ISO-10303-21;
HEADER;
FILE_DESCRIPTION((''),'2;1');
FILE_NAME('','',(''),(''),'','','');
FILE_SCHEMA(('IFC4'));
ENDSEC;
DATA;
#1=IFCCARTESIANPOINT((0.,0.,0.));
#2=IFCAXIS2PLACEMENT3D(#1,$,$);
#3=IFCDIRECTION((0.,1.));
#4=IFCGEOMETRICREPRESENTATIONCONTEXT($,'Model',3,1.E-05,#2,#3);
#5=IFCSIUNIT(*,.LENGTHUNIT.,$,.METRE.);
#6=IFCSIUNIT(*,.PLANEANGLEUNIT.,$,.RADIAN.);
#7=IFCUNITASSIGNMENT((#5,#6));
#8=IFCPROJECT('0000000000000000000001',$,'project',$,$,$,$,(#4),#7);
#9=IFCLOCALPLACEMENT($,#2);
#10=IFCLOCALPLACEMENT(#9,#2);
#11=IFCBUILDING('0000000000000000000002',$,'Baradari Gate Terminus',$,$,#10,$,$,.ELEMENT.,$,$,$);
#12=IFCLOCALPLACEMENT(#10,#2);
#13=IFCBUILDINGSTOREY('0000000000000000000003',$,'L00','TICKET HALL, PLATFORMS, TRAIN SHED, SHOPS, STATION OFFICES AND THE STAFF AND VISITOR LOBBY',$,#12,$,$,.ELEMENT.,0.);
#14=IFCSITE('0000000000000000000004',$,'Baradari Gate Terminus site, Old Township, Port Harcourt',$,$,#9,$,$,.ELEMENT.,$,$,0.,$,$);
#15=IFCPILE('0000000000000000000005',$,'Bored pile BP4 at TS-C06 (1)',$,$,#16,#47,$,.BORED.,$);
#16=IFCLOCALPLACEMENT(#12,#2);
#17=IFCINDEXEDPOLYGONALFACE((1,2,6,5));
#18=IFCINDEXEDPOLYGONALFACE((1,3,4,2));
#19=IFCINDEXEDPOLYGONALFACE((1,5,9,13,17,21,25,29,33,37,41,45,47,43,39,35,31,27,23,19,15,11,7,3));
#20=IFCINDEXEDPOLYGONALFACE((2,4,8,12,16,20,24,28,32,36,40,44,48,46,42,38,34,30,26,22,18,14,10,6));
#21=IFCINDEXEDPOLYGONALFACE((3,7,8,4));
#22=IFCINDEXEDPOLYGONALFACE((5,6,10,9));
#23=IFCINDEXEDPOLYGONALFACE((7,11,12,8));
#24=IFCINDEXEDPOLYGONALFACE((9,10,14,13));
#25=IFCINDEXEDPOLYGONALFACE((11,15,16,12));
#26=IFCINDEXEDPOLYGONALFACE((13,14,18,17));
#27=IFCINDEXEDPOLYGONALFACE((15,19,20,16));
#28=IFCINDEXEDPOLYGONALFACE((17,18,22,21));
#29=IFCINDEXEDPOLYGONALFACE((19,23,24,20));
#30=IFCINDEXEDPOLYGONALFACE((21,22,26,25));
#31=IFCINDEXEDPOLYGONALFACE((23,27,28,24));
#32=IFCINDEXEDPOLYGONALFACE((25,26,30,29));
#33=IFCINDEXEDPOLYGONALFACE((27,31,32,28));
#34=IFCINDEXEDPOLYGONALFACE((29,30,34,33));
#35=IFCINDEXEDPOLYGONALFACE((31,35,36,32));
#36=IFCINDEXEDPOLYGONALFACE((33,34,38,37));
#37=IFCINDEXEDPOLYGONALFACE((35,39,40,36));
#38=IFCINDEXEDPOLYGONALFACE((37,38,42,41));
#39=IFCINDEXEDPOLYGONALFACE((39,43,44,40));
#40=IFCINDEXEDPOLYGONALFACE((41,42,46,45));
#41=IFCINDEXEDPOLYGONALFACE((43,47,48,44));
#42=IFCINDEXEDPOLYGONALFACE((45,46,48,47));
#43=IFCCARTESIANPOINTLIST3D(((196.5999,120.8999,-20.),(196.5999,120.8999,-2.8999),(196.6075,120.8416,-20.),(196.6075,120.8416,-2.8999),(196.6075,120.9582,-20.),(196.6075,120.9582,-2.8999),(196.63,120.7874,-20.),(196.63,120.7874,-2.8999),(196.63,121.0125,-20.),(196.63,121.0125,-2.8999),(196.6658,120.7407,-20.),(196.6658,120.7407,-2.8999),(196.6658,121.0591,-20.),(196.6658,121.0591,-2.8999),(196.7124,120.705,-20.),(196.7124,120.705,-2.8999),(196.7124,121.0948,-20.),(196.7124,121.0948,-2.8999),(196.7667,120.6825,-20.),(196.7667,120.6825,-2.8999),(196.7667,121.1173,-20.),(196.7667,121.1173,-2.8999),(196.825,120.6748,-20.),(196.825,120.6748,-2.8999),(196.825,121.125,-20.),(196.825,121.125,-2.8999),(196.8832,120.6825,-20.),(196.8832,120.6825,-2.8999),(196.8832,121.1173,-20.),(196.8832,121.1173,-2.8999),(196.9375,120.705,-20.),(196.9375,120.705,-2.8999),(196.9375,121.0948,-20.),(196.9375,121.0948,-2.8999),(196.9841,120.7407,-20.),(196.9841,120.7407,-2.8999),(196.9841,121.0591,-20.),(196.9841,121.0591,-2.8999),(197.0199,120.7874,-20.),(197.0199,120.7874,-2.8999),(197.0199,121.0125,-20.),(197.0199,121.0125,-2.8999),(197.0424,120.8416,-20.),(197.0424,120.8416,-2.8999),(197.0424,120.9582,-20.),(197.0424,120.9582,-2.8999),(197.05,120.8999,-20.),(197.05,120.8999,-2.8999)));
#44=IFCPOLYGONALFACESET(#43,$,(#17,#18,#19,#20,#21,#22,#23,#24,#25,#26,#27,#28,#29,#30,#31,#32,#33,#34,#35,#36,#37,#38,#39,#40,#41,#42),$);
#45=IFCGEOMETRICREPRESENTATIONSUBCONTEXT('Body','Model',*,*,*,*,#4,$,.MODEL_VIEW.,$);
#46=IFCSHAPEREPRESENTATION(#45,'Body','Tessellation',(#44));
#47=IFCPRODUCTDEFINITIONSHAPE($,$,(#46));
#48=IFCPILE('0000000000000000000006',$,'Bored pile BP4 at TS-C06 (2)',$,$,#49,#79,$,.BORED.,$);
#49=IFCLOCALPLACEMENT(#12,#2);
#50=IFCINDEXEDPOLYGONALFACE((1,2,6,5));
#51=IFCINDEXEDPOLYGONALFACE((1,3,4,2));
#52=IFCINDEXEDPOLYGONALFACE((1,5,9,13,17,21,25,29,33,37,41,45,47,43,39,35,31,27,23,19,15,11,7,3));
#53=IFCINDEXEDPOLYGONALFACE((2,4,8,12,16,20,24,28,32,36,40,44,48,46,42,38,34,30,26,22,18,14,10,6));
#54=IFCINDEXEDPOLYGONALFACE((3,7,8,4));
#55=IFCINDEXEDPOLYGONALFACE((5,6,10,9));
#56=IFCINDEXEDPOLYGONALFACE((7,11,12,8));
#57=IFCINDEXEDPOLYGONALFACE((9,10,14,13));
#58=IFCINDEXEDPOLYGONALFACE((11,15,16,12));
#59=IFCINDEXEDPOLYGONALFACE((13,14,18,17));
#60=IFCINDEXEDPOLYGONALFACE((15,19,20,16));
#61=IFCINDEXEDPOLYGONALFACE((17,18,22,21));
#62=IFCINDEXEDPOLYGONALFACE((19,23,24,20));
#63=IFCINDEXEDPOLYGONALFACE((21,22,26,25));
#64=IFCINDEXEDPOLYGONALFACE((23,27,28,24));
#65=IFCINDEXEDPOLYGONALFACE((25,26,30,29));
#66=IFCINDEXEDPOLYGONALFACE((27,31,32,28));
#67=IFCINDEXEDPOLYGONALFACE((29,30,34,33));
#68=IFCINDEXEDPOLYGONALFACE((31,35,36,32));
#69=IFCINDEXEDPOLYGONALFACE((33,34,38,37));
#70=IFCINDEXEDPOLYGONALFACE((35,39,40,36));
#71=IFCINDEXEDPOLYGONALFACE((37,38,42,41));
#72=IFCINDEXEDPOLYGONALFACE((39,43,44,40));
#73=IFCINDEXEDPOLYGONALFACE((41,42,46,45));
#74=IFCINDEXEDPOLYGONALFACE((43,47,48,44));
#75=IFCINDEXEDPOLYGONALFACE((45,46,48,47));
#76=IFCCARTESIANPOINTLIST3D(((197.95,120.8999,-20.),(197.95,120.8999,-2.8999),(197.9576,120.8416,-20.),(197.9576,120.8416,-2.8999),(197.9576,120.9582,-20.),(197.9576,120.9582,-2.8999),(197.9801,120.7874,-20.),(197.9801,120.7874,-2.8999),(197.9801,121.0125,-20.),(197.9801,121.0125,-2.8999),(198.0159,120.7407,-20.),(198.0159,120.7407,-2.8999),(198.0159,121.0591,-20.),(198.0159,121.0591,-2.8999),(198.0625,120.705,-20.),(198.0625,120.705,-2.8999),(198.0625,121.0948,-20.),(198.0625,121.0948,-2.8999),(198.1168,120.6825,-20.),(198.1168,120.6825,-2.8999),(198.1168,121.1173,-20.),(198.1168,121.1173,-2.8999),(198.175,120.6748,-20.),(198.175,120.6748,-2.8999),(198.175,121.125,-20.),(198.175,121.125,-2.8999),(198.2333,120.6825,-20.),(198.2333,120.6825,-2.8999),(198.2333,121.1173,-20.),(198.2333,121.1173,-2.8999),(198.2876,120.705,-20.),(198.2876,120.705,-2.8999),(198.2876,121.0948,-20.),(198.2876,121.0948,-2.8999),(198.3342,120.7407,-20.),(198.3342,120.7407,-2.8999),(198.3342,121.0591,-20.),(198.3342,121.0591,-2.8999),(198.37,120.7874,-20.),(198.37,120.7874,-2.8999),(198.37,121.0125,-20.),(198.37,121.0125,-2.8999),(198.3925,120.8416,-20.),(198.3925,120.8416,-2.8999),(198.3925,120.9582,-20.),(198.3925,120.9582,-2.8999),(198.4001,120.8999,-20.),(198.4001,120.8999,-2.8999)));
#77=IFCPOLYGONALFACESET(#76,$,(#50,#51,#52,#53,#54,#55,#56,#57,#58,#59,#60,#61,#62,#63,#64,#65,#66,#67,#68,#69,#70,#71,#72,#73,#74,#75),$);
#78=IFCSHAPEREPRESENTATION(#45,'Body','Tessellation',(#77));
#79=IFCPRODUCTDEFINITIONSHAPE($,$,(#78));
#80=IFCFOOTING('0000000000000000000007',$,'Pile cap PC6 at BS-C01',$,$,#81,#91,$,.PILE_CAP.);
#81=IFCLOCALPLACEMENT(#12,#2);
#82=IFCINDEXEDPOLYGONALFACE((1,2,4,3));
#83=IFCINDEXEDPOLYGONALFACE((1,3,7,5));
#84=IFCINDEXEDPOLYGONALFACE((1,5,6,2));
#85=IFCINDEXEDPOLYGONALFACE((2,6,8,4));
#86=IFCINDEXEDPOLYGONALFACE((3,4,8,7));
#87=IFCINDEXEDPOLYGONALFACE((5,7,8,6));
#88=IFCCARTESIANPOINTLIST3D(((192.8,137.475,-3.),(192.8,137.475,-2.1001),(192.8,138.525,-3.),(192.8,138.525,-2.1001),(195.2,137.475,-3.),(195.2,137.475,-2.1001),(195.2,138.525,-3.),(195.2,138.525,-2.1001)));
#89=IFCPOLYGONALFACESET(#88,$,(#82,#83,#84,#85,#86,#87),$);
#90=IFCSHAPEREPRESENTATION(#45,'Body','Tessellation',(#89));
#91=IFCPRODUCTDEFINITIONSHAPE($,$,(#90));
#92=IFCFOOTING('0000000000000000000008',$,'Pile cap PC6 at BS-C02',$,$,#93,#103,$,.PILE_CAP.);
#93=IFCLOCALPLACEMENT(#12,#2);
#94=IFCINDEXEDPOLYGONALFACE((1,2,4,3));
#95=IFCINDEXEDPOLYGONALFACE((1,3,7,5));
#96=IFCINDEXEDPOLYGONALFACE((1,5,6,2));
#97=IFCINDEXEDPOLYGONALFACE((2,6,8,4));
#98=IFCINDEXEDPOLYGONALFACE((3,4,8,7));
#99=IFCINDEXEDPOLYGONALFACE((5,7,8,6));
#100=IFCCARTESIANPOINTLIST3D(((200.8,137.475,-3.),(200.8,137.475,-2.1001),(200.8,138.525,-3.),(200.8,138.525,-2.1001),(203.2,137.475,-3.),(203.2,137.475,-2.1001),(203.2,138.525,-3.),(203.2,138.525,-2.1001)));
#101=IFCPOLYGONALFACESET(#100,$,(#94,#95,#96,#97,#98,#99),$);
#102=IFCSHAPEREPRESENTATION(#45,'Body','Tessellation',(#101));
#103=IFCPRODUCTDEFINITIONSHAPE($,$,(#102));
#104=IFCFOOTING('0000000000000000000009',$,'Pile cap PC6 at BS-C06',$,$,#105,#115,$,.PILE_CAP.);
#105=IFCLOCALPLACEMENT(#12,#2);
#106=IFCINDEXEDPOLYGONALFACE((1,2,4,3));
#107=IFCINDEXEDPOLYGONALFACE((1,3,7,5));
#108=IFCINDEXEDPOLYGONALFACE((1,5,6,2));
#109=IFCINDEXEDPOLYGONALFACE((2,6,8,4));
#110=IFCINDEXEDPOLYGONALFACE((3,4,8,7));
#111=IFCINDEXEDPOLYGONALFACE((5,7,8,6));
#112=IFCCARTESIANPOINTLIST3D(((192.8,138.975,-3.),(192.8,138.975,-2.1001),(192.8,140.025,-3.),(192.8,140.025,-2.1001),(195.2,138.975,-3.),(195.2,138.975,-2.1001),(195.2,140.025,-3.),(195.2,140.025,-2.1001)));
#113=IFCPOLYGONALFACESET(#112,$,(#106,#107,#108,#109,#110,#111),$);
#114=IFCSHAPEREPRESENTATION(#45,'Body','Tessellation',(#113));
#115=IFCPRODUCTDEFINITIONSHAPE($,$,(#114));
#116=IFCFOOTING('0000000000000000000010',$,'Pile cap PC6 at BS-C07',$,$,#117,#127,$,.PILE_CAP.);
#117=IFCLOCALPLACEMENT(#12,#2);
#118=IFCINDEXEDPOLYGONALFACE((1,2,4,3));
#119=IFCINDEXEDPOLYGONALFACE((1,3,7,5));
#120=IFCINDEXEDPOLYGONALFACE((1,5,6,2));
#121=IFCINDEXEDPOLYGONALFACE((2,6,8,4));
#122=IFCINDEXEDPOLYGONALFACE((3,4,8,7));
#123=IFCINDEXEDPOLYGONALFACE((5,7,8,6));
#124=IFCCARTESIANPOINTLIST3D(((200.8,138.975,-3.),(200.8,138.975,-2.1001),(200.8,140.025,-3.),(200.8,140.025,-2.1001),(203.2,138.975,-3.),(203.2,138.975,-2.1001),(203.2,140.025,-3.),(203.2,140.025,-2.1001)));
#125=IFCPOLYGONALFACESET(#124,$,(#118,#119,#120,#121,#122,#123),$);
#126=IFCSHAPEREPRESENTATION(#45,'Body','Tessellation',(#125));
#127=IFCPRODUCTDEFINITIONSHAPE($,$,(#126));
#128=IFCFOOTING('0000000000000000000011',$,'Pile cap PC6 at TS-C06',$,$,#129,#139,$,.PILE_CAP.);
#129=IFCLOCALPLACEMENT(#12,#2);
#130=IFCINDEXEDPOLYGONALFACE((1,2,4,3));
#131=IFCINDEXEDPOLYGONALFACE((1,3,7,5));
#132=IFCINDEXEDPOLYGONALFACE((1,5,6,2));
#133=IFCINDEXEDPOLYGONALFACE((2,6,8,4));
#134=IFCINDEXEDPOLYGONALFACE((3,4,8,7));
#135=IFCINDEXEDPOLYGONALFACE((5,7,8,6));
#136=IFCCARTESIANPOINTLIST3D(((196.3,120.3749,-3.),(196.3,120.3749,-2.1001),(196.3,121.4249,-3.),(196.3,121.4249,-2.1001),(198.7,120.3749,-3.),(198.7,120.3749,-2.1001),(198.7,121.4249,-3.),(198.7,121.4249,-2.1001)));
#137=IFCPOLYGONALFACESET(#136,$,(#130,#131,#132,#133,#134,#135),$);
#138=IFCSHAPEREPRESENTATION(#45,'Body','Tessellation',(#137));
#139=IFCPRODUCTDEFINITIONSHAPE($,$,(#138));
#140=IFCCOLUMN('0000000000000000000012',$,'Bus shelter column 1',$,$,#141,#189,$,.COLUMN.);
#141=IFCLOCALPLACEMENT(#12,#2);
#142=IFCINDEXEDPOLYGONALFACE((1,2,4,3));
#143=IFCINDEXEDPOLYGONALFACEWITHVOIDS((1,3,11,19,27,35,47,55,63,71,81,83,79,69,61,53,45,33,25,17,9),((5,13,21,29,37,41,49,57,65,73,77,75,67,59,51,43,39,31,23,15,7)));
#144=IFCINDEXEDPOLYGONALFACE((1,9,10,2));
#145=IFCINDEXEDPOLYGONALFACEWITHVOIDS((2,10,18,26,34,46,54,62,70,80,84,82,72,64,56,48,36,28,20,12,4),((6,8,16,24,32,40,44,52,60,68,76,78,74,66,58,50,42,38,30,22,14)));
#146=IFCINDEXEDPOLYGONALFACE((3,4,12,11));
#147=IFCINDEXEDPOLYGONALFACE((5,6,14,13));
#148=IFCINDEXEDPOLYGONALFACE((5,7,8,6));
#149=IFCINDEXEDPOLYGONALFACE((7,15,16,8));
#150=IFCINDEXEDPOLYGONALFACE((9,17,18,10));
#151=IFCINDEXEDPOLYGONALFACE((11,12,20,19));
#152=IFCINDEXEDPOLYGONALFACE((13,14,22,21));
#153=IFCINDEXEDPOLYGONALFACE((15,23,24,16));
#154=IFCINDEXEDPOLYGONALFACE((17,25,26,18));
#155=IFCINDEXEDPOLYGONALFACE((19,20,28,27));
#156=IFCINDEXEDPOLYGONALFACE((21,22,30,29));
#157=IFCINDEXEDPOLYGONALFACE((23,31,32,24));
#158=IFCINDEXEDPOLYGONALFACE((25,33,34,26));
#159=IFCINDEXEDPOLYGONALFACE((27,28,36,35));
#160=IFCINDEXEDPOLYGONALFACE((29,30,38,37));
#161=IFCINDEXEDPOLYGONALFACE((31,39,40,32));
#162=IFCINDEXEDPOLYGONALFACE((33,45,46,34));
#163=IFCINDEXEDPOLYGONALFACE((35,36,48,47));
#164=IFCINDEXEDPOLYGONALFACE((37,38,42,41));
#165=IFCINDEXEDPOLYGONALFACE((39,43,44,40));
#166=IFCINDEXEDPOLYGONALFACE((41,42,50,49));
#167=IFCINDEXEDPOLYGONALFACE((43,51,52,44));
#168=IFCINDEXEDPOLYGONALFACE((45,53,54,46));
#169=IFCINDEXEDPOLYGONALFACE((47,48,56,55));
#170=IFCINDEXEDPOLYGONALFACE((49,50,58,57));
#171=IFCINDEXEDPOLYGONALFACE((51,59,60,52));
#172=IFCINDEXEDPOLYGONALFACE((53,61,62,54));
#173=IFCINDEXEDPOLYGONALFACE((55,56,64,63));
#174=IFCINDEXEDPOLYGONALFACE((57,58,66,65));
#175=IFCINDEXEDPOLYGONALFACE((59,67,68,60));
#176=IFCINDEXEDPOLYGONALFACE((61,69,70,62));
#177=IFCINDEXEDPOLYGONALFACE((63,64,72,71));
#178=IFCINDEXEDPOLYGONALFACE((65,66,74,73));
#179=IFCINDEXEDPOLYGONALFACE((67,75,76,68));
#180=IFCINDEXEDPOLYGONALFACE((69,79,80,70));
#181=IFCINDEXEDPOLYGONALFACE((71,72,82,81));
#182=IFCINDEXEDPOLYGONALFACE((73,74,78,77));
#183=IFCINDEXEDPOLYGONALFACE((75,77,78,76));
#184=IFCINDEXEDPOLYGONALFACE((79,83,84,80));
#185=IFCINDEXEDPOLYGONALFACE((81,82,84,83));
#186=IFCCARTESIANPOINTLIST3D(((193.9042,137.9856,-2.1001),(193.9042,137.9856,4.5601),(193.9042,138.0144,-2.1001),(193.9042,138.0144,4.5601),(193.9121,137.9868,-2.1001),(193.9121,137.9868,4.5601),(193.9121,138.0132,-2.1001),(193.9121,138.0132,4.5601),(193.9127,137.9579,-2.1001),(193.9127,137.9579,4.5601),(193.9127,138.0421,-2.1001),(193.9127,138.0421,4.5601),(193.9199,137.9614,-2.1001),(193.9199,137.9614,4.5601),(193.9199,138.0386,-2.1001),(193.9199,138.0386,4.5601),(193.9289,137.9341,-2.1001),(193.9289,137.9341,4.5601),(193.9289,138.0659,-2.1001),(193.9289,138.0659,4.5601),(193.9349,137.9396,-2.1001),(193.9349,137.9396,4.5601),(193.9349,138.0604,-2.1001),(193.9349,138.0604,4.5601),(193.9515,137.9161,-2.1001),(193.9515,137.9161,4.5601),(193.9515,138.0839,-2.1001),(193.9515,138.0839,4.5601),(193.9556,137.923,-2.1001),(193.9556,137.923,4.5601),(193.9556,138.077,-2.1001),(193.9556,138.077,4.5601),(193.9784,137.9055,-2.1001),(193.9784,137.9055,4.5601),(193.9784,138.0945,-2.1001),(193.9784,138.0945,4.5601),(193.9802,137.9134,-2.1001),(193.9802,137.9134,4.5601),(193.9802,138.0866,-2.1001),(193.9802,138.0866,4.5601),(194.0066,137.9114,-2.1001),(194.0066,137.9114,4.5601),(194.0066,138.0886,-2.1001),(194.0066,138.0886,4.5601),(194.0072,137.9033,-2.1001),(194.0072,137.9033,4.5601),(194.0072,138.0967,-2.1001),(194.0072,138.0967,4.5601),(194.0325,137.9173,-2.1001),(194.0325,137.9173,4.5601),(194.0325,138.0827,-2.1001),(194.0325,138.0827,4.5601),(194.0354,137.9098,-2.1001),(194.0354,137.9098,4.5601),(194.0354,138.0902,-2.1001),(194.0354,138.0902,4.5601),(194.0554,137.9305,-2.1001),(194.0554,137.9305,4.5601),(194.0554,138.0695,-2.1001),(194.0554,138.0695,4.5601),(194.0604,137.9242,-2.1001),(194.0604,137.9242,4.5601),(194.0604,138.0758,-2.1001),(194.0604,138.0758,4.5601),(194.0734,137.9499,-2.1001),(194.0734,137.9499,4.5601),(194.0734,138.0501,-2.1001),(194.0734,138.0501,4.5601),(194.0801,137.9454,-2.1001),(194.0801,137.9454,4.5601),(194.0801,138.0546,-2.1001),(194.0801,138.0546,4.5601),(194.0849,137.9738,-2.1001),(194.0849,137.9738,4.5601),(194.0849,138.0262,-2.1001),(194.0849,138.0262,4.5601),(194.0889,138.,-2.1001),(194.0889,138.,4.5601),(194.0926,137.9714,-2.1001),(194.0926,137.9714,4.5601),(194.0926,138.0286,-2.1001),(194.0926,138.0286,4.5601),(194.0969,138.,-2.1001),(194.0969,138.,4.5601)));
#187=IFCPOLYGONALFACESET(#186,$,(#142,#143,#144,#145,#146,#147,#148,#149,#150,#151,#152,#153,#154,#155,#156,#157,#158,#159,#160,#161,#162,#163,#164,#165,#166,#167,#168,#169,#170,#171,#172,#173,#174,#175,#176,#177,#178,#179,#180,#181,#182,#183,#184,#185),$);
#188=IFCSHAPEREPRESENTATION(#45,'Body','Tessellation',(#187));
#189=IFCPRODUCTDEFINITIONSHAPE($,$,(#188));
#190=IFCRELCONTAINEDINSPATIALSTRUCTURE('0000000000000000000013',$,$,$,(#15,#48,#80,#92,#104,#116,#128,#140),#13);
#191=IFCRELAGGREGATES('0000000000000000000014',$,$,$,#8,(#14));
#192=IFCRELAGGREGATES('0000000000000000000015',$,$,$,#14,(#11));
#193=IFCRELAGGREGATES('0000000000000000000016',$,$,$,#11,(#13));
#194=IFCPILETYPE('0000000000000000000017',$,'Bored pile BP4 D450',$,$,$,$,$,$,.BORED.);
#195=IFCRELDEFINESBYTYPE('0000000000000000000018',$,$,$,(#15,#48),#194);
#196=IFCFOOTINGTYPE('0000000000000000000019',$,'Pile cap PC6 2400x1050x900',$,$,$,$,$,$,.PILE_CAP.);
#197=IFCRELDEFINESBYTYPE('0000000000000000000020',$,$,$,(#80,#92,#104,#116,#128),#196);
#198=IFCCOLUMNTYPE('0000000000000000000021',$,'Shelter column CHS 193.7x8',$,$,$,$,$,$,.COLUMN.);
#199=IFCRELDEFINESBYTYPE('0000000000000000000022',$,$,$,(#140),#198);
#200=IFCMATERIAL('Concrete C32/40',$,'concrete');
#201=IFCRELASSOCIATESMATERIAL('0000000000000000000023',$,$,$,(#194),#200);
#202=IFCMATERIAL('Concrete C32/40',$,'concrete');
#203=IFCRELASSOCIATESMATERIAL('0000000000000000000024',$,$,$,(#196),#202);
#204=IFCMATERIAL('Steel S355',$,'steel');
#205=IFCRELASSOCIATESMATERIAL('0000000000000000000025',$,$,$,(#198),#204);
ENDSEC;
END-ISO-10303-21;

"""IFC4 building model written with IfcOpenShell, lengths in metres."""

from ifc_helpers import new_model, si_unit, direction, frame, origin, origin_2d, place, context, subcontext, project, spatial, rectangle, circle, hollow_circle, extrude, material, material_profile, profile_set, type_object, element, save


model = new_model("IFC4")

# Units and contexts
model_context = context("Model", 3, precision=1e-05, world=origin(), true_north=direction((0.0, 1.0)))
body_context = subcontext(model_context, "Body", "Model", "MODEL_VIEW")
ifc_project = project(units=[si_unit("LENGTHUNIT", "METRE"), si_unit("PLANEANGLEUNIT", "RADIAN")], contexts=[model_context])

# Site, building, storey
site_placement = place(None, origin())
site = spatial("IfcSite", under=ifc_project, at=site_placement, Name="Baradari Gate Terminus site, Old Township, Port Harcourt", CompositionType="ELEMENT", RefElevation=0.0)
building_placement = place(site_placement, origin())
building = spatial("IfcBuilding", under=site, at=building_placement, Name="Baradari Gate Terminus", CompositionType="ELEMENT")
storey_placement = place(building_placement, origin())
storey = spatial("IfcBuildingStorey", under=building, at=storey_placement, Name="L00", Description="TICKET HALL, PLATFORMS, TRAIN SHED, SHOPS, STATION OFFICES AND THE STAFF AND VISITOR LOBBY", CompositionType="ELEMENT", Elevation=0.0)

# Piles
ifc_material_1 = material(Name="Concrete C32/40", Category="concrete")
pile_type = type_object("IfcPileType", Name="Bored pile BP4 D450", PredefinedType="BORED", material=ifc_material_1)
for number, where, z_axis, x_axis, name in (
    (1, (196.825, 120.8999, -2.8999), (0.0, 0.0, -1.0), (1.0, 0.0, 0.0), "Bored pile BP4 at TS-C06 (1)"),
    (2, (198.175, 120.8999, -2.8999), (0.0, 0.0, -1.0), (1.0, 0.0, 0.0), "Bored pile BP4 at TS-C06 (2)"),
):
    element("IfcPile", number, at=place(storey_placement, frame(where, z_axis=z_axis, x_axis=x_axis)), inside=storey, type_object=pile_type, Name=name, PredefinedType="BORED", context=body_context, shape_type="SweptSolid", body=[
        extrude(circle(Radius=0.2251, at=origin_2d()), origin(), (0.0, 0.0, 1.0), 17.1001),
    ])

# Footings
ifc_material_2 = material(Name="Concrete C32/40", Category="concrete")
footing_type = type_object("IfcFootingType", Name="Pile cap PC6 2400x1050x900", PredefinedType="PILE_CAP", material=ifc_material_2)
for number, where, z_axis, x_axis, name in (
    (3, (194.0, 138.0, -3.0), (0.0, 0.0, 1.0), (1.0, 0.0, 0.0), "Pile cap PC6 at BS-C01"),
    (4, (202.0, 138.0, -3.0), (0.0, 0.0, 1.0), (1.0, 0.0, 0.0), "Pile cap PC6 at BS-C02"),
    (5, (194.0, 139.5, -3.0), (0.0, 0.0, 1.0), (1.0, 0.0, 0.0), "Pile cap PC6 at BS-C06"),
    (6, (202.0, 139.5, -3.0), (0.0, 0.0, 1.0), (1.0, 0.0, 0.0), "Pile cap PC6 at BS-C07"),
    (7, (197.5, 120.8999, -3.0), (0.0, 0.0, 1.0), (1.0, 0.0, 0.0), "Pile cap PC6 at TS-C06"),
):
    element("IfcFooting", number, at=place(storey_placement, frame(where, z_axis=z_axis, x_axis=x_axis)), inside=storey, type_object=footing_type, Name=name, PredefinedType="PILE_CAP", context=body_context, shape_type="SweptSolid", body=[
        extrude(rectangle(XDim=2.3999, YDim=1.05, at=origin_2d()), origin(), (0.0, 0.0, 1.0), 0.8999),
    ])

# Column
ifc_material_3 = material(Name="Steel S355", Category="steel")
ifc_material_profile_1 = material_profile(ifc_material_3, hollow_circle(Radius=0.0969, WallThickness=0.0081, at=origin_2d()), Name="CHS 193.7x8")
ifc_profile_set_1 = profile_set([ifc_material_profile_1], Name="Steel S355")
column_type = type_object("IfcColumnType", Name="Shelter column CHS 193.7x8", PredefinedType="COLUMN", material=ifc_profile_set_1)
for number, where, z_axis, x_axis, name in (
    (8, (194.0, 138.0, -2.1001), (0.0, 0.0, 1.0), (1.0, 0.0, 0.0), "Bus shelter column 1"),
):
    element("IfcColumn", number, at=place(storey_placement, frame(where, z_axis=z_axis, x_axis=x_axis)), inside=storey, type_object=column_type, Name=name, PredefinedType="COLUMN", context=body_context, shape_type="SweptSolid", body=[
        extrude(hollow_circle(Radius=0.0969, WallThickness=0.0081, at=origin_2d()), origin(), (0.0, 0.0, 1.0), 6.6602),
    ])

save(model, "model.ifc")
